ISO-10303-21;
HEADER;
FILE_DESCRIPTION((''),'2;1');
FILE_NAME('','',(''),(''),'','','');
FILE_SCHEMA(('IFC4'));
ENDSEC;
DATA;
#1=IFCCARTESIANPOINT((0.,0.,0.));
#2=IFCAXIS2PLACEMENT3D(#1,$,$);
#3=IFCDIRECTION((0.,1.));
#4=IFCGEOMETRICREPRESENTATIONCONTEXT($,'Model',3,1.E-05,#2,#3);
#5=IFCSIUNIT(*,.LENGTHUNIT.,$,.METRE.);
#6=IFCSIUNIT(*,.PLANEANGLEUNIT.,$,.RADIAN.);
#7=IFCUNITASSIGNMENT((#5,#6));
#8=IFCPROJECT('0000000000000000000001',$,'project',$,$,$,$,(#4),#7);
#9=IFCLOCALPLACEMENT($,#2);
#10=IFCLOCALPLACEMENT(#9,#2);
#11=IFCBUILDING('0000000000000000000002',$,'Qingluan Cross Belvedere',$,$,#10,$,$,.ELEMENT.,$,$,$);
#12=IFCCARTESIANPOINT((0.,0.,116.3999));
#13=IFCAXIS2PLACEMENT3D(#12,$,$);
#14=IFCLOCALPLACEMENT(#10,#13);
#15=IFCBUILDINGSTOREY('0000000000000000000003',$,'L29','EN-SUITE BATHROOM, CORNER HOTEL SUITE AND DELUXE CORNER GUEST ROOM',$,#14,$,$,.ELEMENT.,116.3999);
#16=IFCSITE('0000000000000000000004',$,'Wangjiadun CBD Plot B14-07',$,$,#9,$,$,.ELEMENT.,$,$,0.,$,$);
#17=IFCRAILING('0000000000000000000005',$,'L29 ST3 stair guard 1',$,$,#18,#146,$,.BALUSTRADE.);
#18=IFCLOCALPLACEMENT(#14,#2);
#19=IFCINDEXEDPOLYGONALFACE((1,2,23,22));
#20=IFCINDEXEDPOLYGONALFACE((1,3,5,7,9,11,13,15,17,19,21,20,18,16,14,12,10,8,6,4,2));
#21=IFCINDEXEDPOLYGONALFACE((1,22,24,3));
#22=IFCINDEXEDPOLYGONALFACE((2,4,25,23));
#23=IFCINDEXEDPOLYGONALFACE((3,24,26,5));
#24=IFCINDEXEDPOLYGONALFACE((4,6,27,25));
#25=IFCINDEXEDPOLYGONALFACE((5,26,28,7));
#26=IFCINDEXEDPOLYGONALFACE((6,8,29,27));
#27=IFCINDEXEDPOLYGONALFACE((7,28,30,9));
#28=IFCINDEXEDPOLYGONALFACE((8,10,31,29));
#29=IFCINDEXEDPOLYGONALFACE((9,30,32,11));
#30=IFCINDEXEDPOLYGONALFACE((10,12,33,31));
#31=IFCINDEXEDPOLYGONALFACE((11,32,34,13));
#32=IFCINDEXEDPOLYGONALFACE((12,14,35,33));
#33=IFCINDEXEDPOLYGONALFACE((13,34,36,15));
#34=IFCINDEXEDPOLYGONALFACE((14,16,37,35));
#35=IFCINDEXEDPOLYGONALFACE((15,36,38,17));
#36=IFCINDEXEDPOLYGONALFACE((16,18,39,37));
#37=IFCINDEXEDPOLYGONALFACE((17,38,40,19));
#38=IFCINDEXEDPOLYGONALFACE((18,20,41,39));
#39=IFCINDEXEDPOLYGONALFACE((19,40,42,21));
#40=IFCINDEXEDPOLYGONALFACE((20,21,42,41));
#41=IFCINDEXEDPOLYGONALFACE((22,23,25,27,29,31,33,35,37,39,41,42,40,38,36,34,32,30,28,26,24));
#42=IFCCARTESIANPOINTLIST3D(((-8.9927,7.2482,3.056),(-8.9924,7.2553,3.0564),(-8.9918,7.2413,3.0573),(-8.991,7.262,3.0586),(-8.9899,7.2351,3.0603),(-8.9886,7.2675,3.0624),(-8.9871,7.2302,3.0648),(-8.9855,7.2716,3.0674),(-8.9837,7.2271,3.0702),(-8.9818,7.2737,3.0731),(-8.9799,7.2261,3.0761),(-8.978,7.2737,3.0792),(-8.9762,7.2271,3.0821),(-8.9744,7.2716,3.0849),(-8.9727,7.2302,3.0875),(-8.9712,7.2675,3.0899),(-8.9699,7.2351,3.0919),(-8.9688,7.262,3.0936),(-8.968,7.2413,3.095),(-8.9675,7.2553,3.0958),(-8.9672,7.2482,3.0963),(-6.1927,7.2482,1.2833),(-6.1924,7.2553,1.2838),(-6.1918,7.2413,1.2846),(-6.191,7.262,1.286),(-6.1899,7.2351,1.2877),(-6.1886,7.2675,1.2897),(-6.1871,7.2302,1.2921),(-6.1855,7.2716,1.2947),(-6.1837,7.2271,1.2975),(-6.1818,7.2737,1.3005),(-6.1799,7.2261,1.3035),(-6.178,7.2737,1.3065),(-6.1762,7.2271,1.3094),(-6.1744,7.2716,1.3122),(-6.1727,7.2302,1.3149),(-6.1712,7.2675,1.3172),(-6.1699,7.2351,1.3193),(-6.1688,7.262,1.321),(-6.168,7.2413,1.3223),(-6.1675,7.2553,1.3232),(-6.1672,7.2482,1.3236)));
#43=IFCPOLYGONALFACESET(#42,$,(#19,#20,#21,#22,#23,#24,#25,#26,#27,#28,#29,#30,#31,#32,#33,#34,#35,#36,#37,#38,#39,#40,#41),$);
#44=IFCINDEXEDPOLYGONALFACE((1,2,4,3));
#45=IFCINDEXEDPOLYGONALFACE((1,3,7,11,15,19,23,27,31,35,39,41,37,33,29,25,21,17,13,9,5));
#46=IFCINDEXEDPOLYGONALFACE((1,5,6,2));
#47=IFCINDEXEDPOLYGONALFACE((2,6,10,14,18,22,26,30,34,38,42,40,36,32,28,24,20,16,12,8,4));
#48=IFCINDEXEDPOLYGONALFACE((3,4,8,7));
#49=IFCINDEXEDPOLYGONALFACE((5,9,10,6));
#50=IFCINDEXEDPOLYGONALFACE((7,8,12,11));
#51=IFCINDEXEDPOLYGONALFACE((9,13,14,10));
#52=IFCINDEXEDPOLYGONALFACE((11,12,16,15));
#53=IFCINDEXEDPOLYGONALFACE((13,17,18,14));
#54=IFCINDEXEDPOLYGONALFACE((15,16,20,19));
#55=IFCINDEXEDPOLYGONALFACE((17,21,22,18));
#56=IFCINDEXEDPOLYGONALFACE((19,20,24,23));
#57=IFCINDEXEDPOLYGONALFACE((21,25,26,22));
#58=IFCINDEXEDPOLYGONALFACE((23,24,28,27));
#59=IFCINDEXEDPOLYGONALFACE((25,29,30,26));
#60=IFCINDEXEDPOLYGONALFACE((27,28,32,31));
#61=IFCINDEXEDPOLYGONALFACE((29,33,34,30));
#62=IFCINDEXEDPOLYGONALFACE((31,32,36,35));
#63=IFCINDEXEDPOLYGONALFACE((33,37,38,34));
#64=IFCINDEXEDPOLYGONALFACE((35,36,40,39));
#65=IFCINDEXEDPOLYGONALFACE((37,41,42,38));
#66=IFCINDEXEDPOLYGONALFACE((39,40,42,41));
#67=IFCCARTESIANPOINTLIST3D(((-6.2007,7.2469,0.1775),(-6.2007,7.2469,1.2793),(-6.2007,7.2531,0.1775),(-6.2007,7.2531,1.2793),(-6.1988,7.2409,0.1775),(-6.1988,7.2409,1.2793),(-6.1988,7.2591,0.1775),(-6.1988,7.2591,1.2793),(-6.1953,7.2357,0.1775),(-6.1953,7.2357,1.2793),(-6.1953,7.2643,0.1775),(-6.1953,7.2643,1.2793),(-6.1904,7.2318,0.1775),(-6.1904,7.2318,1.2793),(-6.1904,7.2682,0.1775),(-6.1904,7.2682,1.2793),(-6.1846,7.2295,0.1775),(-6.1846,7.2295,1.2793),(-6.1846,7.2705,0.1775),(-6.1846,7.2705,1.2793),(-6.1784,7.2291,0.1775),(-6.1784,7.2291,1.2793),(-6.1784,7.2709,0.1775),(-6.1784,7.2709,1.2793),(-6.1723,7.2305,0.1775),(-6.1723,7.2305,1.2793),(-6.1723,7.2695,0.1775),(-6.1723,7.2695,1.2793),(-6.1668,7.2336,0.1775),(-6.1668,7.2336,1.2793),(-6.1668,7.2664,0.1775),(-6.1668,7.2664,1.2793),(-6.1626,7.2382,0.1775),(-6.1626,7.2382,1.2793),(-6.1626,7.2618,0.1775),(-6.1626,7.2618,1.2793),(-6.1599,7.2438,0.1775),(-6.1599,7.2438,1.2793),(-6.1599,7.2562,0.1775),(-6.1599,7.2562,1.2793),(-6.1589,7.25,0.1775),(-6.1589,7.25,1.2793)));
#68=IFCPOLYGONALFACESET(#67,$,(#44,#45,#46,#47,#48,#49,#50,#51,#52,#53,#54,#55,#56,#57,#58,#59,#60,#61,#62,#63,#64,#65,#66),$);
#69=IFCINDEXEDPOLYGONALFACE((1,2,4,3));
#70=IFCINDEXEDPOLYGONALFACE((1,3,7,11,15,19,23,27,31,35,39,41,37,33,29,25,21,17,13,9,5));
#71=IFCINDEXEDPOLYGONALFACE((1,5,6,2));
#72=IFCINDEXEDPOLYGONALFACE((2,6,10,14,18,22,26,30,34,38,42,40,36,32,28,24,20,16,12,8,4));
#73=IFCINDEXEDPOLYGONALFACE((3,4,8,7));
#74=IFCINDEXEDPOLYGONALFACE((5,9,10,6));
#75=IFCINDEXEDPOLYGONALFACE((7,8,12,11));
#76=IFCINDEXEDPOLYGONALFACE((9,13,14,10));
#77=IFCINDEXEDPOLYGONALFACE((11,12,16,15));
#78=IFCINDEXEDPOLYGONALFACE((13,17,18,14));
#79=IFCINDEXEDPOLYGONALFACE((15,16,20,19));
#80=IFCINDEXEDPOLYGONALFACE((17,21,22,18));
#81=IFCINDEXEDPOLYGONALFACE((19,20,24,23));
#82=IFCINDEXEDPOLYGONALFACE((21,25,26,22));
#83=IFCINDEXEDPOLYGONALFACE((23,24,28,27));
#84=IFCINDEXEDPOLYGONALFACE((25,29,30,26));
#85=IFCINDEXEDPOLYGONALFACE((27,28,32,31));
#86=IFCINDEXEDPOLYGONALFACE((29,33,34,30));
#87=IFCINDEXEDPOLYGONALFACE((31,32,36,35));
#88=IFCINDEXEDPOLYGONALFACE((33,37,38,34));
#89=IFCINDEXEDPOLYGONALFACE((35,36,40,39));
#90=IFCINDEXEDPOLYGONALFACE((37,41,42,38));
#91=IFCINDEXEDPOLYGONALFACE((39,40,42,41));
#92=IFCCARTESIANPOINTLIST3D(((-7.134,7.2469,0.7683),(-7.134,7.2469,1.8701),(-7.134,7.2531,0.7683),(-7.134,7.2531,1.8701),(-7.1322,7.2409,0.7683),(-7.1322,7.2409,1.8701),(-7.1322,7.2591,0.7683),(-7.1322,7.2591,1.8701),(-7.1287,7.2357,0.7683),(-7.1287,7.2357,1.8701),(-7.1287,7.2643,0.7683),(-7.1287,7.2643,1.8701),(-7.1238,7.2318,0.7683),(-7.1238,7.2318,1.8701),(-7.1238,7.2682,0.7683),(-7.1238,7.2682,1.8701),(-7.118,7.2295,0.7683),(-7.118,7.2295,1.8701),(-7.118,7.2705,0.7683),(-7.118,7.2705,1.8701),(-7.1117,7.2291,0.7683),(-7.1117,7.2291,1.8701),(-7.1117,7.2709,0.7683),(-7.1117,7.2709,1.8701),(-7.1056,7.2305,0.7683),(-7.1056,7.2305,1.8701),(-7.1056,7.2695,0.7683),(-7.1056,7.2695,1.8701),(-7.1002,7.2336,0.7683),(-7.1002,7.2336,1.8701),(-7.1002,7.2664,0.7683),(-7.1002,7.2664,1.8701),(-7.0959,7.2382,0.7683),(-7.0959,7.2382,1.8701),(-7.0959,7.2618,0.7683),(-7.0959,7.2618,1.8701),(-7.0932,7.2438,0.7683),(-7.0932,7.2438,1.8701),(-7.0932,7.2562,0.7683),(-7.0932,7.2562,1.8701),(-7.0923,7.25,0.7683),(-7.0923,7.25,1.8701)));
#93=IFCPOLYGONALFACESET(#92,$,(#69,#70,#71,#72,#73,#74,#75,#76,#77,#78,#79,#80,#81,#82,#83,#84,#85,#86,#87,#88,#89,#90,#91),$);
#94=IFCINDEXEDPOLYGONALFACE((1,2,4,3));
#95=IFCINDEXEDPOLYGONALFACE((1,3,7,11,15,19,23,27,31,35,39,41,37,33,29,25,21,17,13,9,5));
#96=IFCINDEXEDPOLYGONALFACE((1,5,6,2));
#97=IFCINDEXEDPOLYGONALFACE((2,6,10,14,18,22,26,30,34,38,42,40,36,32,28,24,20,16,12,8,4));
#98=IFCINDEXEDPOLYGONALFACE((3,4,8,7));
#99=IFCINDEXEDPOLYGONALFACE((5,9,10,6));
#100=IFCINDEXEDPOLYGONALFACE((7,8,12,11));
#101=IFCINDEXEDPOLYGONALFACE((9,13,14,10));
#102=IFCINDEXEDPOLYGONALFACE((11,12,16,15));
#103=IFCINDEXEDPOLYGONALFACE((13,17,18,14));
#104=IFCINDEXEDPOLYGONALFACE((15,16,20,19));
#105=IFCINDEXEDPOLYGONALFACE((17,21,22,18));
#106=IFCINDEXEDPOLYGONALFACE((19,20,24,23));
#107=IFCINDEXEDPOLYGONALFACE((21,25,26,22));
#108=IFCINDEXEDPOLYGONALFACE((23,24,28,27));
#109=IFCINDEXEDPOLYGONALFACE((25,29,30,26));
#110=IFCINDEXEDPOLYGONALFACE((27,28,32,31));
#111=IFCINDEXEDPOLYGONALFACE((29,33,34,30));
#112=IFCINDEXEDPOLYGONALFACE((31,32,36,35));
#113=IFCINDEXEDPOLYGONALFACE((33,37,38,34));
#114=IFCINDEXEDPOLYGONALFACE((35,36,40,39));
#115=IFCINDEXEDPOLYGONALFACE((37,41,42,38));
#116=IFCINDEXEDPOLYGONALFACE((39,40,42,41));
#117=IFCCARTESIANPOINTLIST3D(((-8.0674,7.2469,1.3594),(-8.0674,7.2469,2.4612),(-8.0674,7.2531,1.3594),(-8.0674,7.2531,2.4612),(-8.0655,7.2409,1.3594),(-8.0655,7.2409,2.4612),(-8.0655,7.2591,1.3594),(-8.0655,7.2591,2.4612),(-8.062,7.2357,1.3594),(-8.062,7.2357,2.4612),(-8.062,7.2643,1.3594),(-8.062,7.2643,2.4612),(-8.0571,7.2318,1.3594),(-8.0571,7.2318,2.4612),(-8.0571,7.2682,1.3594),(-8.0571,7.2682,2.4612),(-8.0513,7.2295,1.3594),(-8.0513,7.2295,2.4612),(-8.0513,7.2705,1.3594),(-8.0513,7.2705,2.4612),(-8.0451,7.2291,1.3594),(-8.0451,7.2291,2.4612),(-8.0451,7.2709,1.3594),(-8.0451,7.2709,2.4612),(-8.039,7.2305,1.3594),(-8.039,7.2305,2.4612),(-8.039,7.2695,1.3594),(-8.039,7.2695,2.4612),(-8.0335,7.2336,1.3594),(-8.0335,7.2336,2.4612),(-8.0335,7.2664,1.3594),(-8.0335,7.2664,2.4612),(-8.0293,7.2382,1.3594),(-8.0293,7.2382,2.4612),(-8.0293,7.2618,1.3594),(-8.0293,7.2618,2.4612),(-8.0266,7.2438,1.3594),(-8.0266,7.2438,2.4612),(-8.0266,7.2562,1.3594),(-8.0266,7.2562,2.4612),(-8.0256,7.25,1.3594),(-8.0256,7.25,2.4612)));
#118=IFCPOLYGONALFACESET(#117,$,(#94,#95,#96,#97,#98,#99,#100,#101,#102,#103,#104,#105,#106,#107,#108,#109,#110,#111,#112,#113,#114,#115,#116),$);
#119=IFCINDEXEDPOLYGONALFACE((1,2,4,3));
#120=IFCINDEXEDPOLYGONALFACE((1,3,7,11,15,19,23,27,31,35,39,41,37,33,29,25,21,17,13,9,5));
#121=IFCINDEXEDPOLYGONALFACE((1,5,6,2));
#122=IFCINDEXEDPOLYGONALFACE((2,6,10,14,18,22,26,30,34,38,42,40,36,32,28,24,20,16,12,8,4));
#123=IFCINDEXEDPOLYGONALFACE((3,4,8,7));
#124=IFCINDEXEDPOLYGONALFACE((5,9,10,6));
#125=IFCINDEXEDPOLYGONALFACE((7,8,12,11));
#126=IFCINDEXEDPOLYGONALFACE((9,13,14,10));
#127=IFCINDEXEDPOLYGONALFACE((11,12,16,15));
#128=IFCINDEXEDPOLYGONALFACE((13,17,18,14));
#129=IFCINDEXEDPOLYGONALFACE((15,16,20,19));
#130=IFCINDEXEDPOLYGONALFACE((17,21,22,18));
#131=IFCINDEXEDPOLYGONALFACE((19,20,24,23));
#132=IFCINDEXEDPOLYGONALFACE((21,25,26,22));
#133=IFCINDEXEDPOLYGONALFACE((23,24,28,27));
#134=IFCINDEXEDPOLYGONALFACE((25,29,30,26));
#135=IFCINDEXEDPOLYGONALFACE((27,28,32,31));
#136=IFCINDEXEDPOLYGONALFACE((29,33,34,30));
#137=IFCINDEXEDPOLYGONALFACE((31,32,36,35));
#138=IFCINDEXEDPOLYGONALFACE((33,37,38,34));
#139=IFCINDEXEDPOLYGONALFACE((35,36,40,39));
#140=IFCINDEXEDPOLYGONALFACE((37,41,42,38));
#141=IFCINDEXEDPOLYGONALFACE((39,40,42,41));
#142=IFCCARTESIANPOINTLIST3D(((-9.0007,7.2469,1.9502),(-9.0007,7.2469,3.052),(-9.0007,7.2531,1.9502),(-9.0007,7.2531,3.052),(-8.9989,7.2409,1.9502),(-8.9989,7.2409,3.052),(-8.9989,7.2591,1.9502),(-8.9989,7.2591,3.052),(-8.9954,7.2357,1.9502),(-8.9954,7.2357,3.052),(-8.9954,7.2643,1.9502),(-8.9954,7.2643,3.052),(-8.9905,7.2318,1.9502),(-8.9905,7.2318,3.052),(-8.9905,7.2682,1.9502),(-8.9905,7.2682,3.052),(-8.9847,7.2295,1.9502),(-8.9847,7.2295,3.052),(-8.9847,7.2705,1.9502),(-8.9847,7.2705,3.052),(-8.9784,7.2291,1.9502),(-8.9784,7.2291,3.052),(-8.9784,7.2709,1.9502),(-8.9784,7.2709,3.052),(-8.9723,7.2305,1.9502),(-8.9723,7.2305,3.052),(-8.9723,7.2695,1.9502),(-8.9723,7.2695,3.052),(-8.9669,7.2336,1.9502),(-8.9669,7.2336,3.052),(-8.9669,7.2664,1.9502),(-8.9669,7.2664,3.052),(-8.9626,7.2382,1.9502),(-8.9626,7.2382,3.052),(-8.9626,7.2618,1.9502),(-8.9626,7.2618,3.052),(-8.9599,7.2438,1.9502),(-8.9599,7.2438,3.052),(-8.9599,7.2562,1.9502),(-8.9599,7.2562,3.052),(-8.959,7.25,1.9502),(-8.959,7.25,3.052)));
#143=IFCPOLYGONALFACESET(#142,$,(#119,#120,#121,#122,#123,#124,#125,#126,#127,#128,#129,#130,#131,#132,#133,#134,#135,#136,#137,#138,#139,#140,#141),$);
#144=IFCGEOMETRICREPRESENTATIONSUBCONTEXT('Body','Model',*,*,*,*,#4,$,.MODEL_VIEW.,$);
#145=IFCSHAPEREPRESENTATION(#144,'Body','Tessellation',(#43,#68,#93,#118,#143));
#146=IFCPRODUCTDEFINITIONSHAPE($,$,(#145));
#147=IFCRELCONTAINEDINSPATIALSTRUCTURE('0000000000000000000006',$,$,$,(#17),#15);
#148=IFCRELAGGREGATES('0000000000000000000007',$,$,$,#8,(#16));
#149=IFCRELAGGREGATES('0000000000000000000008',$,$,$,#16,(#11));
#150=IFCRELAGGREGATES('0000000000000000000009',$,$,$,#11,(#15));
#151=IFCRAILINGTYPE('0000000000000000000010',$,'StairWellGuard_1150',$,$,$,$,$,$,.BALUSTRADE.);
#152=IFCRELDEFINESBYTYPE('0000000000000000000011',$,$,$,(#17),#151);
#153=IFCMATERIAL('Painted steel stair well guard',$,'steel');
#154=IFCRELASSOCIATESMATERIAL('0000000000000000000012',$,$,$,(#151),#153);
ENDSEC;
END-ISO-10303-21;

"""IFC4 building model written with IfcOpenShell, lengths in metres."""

from ifc_helpers import new_model, si_unit, direction, frame, origin, origin_2d, place, context, subcontext, project, spatial, circle, extrude, material, type_object, element, save


model = new_model("IFC4")

# Units and contexts
model_context = context("Model", 3, precision=1e-05, world=origin(), true_north=direction((0.0, 1.0)))
body_context = subcontext(model_context, "Body", "Model", "MODEL_VIEW")
ifc_project = project(units=[si_unit("LENGTHUNIT", "METRE"), si_unit("PLANEANGLEUNIT", "RADIAN")], contexts=[model_context])

# Site, building, storey
site_placement = place(None, origin())
site = spatial("IfcSite", under=ifc_project, at=site_placement, Name="Wangjiadun CBD Plot B14-07", CompositionType="ELEMENT", RefElevation=0.0)
building_placement = place(site_placement, origin())
building = spatial("IfcBuilding", under=site, at=building_placement, Name="Qingluan Cross Belvedere", CompositionType="ELEMENT")
storey_placement = place(building_placement, frame((0.0, 0.0, 116.3999)))
storey = spatial("IfcBuildingStorey", under=building, at=storey_placement, Name="L29", Description="EN-SUITE BATHROOM, CORNER HOTEL SUITE AND DELUXE CORNER GUEST ROOM", CompositionType="ELEMENT", Elevation=116.3999)

# Railing
ifc_material_1 = material(Name="Painted steel stair well guard", Category="steel")
railing_type_1 = type_object("IfcRailingType", Name="StairWellGuard_1150", PredefinedType="BALUSTRADE", material=ifc_material_1)
railing_1_placement = place(storey_placement, frame((-6.1799, 7.25, 0.1775)))
element("IfcRailing", 1, at=railing_1_placement, inside=storey, type_object=railing_type_1, Name="L29 ST3 stair guard 1", PredefinedType="BALUSTRADE", context=body_context, shape_type="SweptSolid", body=[
    extrude(circle(Radius=0.0239, at=origin_2d()), frame((0.0, 0.0, 1.126), z_axis=(-0.844909, 0.0, 0.53491), x_axis=(0.0, -1.0, 0.0)), (0.0, 0.0, 1.0), 3.314),
    extrude(circle(Radius=0.021, at=origin_2d()), origin(), (0.0, 0.0, 1.0), 1.1018),
    extrude(circle(Radius=0.021, at=origin_2d()), frame((-0.9333, 0.0, 0.5908)), (0.0, 0.0, 1.0), 1.1018),
    extrude(circle(Radius=0.021, at=origin_2d()), frame((-1.8667, 0.0, 1.1819)), (0.0, 0.0, 1.0), 1.1018),
    extrude(circle(Radius=0.021, at=origin_2d()), frame((-2.8, 0.0, 1.7727)), (0.0, 0.0, 1.0), 1.1018),
])

save(model, "model.ifc")
